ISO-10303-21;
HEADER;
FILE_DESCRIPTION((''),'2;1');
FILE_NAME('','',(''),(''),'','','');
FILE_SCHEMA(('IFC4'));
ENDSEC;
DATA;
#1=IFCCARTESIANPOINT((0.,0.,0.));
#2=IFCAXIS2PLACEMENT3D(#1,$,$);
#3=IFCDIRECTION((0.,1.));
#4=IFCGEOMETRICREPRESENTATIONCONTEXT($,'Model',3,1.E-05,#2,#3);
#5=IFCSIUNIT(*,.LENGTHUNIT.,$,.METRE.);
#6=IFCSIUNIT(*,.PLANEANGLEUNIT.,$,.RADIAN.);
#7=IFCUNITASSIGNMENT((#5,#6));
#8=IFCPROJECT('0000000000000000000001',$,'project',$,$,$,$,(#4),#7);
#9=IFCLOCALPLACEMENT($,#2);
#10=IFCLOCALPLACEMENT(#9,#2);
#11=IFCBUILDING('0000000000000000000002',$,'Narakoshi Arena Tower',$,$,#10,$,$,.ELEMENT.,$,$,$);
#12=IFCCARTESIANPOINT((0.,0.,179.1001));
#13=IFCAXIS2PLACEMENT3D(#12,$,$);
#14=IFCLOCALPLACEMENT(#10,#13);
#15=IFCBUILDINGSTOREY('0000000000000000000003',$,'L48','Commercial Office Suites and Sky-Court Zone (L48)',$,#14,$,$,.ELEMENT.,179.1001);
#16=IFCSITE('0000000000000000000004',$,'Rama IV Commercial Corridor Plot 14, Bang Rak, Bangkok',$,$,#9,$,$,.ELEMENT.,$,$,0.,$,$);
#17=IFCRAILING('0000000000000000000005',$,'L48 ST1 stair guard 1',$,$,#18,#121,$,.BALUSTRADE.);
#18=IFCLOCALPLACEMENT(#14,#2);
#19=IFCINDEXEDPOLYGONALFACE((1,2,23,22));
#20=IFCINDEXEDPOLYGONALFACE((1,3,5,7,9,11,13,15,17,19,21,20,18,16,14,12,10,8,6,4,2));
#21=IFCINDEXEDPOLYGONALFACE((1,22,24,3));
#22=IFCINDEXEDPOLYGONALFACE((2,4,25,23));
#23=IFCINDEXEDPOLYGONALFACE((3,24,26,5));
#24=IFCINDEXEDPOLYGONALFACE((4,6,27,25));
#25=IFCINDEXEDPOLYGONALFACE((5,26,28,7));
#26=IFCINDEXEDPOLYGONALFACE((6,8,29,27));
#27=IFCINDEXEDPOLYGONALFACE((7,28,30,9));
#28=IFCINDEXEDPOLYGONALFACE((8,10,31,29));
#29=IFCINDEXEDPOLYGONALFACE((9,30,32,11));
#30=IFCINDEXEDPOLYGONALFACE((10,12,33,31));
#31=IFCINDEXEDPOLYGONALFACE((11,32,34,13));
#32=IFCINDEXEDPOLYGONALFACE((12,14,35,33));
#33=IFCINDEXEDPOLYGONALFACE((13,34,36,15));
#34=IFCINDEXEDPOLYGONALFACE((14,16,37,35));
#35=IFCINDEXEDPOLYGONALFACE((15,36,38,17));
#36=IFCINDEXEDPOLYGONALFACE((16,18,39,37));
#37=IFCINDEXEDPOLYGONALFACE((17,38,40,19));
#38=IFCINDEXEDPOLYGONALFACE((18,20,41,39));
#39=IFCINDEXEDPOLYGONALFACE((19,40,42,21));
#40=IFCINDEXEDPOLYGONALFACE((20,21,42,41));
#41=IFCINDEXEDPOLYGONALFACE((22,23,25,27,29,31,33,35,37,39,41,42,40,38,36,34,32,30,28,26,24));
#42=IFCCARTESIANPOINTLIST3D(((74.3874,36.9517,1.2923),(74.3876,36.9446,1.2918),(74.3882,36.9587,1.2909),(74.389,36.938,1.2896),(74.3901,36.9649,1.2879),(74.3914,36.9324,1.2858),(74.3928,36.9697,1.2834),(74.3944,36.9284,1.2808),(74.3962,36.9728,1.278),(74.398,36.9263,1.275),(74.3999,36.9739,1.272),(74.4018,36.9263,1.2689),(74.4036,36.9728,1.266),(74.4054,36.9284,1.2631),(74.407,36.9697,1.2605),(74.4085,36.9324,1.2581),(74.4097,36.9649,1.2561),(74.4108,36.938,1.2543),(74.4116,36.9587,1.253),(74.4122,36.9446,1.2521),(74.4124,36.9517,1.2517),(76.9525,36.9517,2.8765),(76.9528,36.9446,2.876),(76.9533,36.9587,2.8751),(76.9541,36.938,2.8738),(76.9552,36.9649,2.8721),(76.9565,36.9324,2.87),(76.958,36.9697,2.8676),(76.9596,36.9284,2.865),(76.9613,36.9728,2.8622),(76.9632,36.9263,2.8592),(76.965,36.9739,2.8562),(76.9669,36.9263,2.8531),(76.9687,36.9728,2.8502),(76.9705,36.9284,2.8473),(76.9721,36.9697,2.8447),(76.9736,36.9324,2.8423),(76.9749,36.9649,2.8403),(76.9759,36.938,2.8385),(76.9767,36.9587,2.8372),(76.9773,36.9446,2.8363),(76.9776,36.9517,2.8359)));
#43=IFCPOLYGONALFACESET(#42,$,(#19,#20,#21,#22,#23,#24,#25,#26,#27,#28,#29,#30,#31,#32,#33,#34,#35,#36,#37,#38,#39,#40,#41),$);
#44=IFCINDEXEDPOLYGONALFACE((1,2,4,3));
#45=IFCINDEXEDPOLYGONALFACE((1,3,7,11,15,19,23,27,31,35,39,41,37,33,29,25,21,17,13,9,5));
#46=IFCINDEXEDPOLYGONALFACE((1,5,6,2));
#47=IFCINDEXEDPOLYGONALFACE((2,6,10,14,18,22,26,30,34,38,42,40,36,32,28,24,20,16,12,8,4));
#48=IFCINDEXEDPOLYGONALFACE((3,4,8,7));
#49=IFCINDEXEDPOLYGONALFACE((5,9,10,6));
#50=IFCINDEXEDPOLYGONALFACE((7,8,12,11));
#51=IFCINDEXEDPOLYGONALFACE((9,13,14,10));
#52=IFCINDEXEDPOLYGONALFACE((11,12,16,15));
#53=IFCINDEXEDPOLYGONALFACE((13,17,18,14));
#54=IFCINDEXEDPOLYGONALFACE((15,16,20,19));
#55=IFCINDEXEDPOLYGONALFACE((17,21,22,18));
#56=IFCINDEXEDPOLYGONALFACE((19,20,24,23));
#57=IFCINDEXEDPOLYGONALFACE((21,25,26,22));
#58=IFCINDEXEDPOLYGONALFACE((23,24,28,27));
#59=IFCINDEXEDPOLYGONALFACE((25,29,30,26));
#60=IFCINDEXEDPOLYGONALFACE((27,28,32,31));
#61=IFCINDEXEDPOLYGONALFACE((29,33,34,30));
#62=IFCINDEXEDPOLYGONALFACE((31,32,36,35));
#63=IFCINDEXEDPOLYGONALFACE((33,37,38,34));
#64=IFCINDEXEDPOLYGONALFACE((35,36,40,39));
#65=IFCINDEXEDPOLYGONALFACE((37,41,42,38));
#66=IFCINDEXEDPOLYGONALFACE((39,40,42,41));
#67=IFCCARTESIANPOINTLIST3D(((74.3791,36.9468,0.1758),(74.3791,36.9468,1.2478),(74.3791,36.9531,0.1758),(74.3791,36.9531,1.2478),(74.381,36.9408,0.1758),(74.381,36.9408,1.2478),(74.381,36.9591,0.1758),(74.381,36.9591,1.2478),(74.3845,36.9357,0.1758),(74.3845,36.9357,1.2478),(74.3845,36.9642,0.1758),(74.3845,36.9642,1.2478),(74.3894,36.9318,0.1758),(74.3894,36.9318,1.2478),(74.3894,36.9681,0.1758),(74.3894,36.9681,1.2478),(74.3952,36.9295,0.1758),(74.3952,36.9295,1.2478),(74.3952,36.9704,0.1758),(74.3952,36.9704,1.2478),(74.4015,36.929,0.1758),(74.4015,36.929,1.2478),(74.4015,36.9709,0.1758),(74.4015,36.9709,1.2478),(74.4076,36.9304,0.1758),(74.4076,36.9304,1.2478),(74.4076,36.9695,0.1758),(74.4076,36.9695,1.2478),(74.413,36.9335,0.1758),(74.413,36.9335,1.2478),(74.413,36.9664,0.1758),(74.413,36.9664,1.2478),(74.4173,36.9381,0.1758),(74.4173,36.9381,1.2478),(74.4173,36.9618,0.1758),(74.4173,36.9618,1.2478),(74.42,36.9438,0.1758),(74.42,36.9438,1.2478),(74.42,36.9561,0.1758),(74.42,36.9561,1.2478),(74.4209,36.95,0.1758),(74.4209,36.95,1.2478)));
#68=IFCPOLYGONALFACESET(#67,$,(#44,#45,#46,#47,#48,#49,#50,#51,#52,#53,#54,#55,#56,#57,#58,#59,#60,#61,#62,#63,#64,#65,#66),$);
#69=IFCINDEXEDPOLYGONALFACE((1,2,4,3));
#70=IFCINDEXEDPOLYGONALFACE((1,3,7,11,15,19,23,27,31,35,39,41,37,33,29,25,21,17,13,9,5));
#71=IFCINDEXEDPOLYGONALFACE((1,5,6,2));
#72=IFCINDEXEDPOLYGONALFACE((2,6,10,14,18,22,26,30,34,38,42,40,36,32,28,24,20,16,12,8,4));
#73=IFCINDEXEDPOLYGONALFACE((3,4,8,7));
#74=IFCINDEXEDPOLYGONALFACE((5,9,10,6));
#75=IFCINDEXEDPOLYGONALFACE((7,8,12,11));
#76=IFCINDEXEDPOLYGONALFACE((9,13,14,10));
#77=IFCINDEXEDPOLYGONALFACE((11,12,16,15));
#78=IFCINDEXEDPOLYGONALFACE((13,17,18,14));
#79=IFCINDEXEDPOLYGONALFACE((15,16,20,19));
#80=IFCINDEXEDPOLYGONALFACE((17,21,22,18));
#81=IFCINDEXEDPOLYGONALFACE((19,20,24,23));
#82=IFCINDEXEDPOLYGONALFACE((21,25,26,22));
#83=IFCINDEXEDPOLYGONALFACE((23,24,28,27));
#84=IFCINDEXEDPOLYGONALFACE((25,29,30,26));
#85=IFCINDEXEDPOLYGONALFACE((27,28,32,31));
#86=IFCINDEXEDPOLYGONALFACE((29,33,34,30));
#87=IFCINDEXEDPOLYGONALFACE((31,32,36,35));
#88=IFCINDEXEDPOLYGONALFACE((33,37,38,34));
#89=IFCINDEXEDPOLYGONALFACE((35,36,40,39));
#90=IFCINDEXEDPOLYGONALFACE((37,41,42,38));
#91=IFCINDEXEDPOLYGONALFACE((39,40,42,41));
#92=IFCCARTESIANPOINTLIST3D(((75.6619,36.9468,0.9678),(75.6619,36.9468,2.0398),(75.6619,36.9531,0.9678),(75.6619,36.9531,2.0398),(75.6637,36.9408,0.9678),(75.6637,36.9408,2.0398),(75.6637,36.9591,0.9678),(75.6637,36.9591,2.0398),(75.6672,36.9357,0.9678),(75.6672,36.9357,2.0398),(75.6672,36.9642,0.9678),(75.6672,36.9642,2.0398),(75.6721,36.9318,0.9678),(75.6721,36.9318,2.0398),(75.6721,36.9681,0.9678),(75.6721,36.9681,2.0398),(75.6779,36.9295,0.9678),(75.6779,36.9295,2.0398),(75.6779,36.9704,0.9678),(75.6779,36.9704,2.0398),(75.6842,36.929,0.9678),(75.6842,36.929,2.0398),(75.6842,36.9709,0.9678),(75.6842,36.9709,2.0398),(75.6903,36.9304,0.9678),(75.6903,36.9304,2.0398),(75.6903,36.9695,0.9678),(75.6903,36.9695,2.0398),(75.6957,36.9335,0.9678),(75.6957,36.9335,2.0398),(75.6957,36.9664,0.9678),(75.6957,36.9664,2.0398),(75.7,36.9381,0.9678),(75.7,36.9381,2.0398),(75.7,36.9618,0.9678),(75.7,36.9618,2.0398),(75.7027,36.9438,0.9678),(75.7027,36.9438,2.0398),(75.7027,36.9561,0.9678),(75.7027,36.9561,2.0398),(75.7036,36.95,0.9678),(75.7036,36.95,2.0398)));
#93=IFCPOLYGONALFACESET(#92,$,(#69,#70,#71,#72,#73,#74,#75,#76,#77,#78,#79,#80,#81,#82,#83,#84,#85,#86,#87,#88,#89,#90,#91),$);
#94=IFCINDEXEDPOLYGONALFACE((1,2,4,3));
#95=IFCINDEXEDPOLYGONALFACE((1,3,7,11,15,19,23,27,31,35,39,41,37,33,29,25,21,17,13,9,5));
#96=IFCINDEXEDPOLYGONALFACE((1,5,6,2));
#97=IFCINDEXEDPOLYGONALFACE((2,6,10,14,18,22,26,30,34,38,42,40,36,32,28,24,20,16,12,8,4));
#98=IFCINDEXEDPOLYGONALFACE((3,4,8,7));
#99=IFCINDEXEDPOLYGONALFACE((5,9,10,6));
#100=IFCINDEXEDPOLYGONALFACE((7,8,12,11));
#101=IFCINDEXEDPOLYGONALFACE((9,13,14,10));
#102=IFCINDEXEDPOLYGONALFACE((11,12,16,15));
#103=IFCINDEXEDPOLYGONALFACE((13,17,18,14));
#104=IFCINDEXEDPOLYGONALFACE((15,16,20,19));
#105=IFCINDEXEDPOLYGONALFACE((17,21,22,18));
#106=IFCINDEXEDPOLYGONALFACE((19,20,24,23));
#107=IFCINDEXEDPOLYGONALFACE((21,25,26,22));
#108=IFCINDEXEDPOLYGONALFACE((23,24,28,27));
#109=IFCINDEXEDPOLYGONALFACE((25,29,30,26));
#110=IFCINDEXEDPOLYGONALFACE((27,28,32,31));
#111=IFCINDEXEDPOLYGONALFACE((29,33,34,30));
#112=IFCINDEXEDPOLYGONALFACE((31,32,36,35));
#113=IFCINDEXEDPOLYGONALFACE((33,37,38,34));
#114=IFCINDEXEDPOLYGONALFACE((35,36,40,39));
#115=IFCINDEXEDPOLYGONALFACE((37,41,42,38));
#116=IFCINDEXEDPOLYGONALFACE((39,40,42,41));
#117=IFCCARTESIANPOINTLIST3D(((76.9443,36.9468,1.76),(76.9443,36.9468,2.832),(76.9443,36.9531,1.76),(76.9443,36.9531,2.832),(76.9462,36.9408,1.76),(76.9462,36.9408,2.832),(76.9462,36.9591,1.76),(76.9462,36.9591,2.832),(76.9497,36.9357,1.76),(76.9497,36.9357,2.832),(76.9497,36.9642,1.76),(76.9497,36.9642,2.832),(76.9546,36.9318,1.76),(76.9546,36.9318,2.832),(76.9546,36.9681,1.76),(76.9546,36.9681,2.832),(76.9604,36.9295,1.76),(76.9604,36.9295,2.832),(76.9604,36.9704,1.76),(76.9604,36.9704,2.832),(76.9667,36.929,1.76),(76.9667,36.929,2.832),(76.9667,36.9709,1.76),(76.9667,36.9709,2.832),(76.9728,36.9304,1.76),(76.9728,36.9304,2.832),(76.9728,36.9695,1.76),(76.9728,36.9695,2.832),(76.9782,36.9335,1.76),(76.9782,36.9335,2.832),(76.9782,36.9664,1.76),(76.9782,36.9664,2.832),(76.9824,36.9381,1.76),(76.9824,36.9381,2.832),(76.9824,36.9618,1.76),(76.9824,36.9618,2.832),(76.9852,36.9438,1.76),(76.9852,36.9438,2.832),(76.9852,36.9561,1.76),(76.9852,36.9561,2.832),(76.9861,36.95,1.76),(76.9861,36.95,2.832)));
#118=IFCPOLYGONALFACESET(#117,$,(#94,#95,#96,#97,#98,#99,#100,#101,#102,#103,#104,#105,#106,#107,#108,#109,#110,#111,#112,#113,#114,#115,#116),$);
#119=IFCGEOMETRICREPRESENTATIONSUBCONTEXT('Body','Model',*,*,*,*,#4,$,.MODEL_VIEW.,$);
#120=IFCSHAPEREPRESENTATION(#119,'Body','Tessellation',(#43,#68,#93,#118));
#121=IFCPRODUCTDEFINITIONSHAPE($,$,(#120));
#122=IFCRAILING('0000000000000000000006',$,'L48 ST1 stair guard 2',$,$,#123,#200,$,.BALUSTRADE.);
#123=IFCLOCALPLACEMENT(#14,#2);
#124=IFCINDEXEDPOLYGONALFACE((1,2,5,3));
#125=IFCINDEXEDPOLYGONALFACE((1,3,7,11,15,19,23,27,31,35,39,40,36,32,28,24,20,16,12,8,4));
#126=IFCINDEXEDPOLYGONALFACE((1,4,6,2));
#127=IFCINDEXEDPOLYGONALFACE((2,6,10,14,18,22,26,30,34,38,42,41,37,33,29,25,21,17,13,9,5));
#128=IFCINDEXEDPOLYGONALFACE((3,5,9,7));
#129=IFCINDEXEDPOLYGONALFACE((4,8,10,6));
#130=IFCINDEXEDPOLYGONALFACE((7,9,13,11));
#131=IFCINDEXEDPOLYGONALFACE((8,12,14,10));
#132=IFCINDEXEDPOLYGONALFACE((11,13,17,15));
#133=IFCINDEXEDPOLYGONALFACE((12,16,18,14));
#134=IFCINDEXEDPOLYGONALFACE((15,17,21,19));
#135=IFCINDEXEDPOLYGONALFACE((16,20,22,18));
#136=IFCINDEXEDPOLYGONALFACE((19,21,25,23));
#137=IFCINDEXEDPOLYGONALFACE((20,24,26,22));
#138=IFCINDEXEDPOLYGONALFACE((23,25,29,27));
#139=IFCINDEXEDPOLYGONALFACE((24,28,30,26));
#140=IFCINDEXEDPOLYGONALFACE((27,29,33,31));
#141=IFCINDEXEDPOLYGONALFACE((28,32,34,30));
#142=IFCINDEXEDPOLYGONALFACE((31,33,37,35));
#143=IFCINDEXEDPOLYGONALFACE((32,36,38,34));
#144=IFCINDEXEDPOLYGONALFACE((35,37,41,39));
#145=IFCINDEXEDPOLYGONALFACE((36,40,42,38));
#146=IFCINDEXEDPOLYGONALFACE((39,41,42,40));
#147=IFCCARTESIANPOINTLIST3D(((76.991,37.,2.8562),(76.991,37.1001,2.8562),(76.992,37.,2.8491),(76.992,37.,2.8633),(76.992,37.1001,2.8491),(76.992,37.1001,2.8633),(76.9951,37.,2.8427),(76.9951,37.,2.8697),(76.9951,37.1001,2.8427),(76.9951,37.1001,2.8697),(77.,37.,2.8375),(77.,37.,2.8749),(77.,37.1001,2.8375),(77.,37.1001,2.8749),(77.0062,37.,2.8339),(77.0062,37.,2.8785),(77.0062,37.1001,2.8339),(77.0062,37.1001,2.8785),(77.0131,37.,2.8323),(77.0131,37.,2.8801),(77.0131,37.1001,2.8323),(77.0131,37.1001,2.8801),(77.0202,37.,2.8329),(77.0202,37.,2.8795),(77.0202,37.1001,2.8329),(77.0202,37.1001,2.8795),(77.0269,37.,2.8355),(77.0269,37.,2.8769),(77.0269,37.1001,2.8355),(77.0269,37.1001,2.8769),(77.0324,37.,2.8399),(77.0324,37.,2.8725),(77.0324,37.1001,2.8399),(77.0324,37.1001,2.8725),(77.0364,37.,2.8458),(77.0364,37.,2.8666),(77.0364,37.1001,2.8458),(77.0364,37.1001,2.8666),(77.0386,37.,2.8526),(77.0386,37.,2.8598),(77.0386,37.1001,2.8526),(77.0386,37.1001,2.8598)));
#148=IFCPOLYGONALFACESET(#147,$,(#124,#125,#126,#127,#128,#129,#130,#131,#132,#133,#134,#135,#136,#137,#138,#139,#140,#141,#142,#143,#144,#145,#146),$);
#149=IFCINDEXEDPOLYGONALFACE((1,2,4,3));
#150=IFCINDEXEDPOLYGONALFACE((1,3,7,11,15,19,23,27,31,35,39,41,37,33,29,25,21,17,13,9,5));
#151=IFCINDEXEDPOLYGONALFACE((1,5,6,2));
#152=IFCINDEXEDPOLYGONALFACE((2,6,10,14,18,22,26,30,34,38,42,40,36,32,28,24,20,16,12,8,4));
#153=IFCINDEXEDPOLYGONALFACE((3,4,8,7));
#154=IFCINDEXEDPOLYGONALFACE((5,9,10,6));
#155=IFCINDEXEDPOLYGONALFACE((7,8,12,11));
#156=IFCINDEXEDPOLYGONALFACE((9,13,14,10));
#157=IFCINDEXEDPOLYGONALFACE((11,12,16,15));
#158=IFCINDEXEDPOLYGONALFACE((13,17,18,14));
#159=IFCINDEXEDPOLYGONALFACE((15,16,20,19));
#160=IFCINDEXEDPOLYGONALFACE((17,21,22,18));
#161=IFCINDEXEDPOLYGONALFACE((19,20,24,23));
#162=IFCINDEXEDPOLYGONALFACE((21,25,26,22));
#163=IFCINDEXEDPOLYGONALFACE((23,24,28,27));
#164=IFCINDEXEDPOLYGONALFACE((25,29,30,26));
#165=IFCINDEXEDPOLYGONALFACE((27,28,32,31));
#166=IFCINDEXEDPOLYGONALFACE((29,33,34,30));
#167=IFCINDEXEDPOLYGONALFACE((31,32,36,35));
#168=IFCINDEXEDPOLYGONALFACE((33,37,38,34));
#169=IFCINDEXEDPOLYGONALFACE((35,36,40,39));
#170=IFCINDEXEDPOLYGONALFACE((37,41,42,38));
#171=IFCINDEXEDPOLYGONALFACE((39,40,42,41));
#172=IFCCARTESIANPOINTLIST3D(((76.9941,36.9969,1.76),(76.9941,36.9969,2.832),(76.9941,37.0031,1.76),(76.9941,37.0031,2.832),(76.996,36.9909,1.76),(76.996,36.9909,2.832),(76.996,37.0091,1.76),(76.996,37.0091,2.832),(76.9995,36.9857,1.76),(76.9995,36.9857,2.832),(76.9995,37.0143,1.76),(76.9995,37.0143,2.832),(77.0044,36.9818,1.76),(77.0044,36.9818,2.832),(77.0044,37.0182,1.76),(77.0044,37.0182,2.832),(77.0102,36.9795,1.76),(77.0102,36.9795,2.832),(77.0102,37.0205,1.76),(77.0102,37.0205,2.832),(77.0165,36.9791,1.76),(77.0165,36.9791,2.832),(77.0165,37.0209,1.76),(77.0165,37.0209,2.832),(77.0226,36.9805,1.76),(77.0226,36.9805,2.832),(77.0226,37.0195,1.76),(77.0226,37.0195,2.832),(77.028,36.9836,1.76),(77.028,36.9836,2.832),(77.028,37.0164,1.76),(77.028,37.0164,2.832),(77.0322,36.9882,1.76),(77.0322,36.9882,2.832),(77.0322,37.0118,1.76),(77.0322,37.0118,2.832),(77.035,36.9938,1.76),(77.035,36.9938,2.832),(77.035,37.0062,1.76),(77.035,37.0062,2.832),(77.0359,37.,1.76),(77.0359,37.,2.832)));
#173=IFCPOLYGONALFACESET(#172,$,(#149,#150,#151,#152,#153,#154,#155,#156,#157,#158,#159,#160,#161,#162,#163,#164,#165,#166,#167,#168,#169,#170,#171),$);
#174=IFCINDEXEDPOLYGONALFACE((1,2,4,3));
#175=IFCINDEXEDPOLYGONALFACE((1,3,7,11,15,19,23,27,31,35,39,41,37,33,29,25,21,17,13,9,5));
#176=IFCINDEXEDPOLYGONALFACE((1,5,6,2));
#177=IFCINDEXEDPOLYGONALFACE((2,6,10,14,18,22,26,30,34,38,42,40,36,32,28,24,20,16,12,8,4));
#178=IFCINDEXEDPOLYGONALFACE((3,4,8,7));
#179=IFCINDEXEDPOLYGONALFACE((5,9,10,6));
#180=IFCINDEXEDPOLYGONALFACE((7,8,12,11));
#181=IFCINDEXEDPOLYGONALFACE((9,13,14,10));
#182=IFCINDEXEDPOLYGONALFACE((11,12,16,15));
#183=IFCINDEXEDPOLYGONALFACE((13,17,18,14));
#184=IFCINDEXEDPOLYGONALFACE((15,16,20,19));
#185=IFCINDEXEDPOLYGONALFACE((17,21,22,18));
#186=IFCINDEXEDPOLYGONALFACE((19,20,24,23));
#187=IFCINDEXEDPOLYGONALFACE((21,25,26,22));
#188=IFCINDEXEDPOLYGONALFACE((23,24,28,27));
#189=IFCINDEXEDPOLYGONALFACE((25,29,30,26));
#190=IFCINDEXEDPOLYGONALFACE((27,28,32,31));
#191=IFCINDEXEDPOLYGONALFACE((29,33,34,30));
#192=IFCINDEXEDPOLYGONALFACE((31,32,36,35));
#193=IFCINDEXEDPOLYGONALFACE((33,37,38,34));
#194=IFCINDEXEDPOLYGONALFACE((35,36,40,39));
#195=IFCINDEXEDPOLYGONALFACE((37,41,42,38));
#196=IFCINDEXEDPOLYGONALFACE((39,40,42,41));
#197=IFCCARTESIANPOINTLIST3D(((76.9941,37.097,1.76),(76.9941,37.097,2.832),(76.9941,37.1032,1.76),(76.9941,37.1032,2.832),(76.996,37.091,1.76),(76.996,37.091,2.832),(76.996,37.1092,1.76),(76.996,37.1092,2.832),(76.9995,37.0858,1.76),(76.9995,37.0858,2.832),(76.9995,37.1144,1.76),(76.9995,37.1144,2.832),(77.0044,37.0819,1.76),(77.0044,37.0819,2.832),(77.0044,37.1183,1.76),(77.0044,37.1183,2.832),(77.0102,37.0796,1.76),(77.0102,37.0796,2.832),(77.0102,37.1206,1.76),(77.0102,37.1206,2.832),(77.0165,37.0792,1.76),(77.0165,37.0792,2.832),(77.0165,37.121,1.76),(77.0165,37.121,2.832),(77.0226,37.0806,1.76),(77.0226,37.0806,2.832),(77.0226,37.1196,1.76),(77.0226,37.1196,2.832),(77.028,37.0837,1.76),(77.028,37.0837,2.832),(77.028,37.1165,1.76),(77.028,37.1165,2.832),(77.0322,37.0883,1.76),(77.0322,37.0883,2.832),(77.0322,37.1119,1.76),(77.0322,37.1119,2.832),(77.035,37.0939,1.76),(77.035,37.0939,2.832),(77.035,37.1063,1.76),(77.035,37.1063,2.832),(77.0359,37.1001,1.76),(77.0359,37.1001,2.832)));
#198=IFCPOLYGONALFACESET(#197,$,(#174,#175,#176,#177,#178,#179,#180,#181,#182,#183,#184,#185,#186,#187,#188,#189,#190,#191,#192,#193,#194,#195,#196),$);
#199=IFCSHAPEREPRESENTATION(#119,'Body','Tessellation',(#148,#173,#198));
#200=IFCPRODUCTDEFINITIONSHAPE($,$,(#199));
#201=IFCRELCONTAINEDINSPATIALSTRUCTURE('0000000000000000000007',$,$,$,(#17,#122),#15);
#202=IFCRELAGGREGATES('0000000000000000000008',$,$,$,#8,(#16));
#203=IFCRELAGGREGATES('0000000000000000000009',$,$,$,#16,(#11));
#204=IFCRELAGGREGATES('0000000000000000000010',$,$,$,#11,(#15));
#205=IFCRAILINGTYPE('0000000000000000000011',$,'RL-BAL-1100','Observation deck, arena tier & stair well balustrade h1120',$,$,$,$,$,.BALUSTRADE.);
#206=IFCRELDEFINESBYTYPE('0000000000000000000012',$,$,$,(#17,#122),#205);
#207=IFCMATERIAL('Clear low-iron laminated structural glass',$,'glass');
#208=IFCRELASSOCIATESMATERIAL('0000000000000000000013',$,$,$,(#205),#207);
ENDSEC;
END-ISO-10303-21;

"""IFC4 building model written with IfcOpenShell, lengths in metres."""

from ifc_helpers import new_model, si_unit, direction, frame, origin, origin_2d, place, context, subcontext, project, spatial, circle, extrude, material, type_object, element, save


model = new_model("IFC4")

# Units and contexts
model_context = context("Model", 3, precision=1e-05, world=origin(), true_north=direction((0.0, 1.0)))
body_context = subcontext(model_context, "Body", "Model", "MODEL_VIEW")
ifc_project = project(units=[si_unit("LENGTHUNIT", "METRE"), si_unit("PLANEANGLEUNIT", "RADIAN")], contexts=[model_context])

# Site, building, storey
site_placement = place(None, origin())
site = spatial("IfcSite", under=ifc_project, at=site_placement, Name="Rama IV Commercial Corridor Plot 14, Bang Rak, Bangkok", CompositionType="ELEMENT", RefElevation=0.0)
building_placement = place(site_placement, origin())
building = spatial("IfcBuilding", under=site, at=building_placement, Name="Narakoshi Arena Tower", CompositionType="ELEMENT")
storey_placement = place(building_placement, frame((0.0, 0.0, 179.1001)))
storey = spatial("IfcBuildingStorey", under=building, at=storey_placement, Name="L48", Description="Commercial Office Suites and Sky-Court Zone (L48)", CompositionType="ELEMENT", Elevation=179.1001)

# Railings
ifc_material_1 = material(Name="Clear low-iron laminated structural glass", Category="glass")
railing_type_1 = type_object("IfcRailingType", Name="RL-BAL-1100", Description="Observation deck, arena tier & stair well balustrade h1120", PredefinedType="BALUSTRADE", material=ifc_material_1)
railing_1_placement = place(storey_placement, frame((74.3999, 36.95, 0.1758)))
element("IfcRailing", 1, at=railing_1_placement, inside=storey, type_object=railing_type_1, Name="L48 ST1 stair guard 1", PredefinedType="BALUSTRADE", context=body_context, shape_type="SweptSolid", body=[
    extrude(circle(Radius=0.0239, at=origin_2d()), frame((0.0, 0.0, 1.0962), z_axis=(0.85082, 0.0, 0.525457), x_axis=(0.0, 1.0, 0.0)), (0.0, 0.0, 1.0), 3.0149),
    extrude(circle(Radius=0.021, at=origin_2d()), origin(), (0.0, 0.0, 1.0), 1.072),
    extrude(circle(Radius=0.021, at=origin_2d()), frame((1.2827, 0.0, 0.792)), (0.0, 0.0, 1.0), 1.072),
    extrude(circle(Radius=0.021, at=origin_2d()), frame((2.5652, 0.0, 1.5842)), (0.0, 0.0, 1.0), 1.072),
])
railing_2_placement = place(storey_placement, frame((77.0149, 37.0, 1.76)))
element("IfcRailing", 2, at=railing_2_placement, inside=storey, type_object=railing_type_1, Name="L48 ST1 stair guard 2", PredefinedType="BALUSTRADE", context=body_context, shape_type="SweptSolid", body=[
    extrude(circle(Radius=0.0239, at=origin_2d()), frame((0.0, 0.0, 1.0962), z_axis=(0.0, 1.0, 0.0), x_axis=(-1.0, 0.0, 0.0)), (0.0, 0.0, 1.0), 0.1001),
    extrude(circle(Radius=0.021, at=origin_2d()), origin(), (0.0, 0.0, 1.0), 1.072),
    extrude(circle(Radius=0.021, at=origin_2d()), frame((0.0, 0.1001, 0.0)), (0.0, 0.0, 1.0), 1.072),
])

save(model, "model.ifc")
